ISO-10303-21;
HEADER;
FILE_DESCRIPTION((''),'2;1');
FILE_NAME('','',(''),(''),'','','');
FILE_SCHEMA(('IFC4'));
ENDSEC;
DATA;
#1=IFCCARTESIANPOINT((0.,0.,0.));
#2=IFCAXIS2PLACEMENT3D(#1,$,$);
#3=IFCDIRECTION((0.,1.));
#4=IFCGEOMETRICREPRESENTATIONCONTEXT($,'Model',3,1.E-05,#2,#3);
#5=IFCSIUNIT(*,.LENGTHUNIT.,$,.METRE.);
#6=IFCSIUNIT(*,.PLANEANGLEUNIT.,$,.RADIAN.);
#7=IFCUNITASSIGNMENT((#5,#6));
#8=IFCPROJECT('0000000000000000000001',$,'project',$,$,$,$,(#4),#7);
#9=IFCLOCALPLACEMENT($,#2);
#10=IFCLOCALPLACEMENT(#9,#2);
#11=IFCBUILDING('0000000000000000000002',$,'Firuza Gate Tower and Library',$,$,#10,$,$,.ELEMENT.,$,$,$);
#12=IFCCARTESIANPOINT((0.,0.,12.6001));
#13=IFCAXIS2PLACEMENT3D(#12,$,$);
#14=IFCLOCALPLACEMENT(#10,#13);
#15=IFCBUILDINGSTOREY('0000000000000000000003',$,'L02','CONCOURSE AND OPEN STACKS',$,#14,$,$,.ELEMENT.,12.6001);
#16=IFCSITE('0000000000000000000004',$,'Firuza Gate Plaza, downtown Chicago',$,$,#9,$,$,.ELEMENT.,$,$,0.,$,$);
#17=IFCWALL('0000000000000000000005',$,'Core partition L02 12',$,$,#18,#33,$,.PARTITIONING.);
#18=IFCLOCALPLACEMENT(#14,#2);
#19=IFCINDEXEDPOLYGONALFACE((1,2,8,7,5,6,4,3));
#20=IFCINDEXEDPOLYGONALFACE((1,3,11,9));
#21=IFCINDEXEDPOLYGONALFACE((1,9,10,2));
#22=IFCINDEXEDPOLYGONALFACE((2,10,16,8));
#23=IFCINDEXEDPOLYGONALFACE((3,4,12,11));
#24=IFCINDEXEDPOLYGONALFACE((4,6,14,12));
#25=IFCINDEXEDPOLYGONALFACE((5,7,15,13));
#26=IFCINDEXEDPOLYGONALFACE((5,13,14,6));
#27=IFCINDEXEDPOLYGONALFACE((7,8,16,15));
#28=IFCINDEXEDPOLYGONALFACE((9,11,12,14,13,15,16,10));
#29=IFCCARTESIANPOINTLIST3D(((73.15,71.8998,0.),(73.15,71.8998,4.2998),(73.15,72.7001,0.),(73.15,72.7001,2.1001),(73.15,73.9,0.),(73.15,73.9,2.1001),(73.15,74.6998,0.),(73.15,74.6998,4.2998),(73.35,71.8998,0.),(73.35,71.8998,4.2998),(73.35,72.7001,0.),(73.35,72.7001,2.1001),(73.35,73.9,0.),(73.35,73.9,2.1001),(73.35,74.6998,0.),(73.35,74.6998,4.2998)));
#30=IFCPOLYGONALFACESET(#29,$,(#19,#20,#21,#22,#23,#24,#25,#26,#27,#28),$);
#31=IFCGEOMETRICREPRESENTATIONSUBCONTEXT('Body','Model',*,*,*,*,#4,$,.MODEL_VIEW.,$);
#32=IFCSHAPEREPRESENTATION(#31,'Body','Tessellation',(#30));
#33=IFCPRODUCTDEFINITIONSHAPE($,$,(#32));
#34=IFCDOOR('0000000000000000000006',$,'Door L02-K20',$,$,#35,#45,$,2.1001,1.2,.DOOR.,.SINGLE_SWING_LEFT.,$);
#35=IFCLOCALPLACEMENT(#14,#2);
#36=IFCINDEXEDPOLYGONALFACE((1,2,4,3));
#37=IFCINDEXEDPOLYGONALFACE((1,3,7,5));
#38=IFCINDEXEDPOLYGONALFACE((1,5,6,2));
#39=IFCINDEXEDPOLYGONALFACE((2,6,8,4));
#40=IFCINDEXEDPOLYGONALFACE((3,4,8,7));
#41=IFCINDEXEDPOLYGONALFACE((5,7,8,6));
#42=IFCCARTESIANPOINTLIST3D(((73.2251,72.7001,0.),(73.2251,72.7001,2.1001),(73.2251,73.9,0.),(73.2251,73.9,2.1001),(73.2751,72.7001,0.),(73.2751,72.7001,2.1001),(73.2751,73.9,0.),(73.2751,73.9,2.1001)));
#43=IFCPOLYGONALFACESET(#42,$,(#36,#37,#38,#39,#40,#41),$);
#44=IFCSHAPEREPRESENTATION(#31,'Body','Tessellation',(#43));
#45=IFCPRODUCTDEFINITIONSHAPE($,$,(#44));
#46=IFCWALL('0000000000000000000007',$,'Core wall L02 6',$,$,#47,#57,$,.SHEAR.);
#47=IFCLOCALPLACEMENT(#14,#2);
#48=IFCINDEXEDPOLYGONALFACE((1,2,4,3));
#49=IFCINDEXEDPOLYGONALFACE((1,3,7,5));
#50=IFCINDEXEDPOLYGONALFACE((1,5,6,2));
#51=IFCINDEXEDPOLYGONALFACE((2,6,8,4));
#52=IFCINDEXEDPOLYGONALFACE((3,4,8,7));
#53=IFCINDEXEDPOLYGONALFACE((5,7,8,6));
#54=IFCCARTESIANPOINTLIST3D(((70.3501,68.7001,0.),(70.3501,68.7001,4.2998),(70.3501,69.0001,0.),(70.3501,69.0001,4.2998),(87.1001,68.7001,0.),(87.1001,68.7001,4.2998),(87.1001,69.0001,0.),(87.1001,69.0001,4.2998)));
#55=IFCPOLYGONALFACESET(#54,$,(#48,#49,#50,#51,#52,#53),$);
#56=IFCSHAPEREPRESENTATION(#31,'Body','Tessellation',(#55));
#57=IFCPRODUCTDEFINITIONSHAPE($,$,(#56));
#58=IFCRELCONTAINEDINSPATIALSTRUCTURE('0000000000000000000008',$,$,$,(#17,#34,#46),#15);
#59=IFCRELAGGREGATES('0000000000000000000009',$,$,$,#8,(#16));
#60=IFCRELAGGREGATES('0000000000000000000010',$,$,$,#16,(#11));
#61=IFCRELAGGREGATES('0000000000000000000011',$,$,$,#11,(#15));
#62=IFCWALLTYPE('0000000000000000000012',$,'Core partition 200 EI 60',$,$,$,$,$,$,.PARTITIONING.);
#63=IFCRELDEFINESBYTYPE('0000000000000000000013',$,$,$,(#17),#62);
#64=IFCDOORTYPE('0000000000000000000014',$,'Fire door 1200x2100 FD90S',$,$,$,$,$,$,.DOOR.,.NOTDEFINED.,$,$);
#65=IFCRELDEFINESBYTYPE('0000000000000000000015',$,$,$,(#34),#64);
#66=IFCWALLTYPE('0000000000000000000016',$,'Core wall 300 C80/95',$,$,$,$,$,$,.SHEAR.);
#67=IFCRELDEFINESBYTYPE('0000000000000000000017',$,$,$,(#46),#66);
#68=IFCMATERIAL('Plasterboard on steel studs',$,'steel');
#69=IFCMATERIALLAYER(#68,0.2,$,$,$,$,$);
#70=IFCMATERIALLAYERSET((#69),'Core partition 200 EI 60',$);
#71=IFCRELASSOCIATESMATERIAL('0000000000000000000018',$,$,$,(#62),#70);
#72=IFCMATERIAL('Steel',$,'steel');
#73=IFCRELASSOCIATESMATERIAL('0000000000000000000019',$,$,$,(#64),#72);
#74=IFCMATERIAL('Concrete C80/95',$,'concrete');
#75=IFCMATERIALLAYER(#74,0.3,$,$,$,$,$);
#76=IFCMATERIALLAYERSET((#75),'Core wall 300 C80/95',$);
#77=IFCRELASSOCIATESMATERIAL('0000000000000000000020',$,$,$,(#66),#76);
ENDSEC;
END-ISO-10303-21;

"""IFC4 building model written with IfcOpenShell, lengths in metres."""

from ifc_helpers import new_model, si_unit, direction, frame, frame_2d, origin, place, context, subcontext, project, spatial, rectangle, extrude, material, layer, layer_set, type_object, element, fill, save


model = new_model("IFC4")

# Units and contexts
model_context = context("Model", 3, precision=1e-05, world=origin(), true_north=direction((0.0, 1.0)))
body_context = subcontext(model_context, "Body", "Model", "MODEL_VIEW")
ifc_project = project(units=[si_unit("LENGTHUNIT", "METRE"), si_unit("PLANEANGLEUNIT", "RADIAN")], contexts=[model_context])

# Site, building, storey
site_placement = place(None, origin())
site = spatial("IfcSite", under=ifc_project, at=site_placement, Name="Firuza Gate Plaza, downtown Chicago", CompositionType="ELEMENT", RefElevation=0.0)
building_placement = place(site_placement, origin())
building = spatial("IfcBuilding", under=site, at=building_placement, Name="Firuza Gate Tower and Library", CompositionType="ELEMENT")
storey_placement = place(building_placement, frame((0.0, 0.0, 12.6001)))
storey = spatial("IfcBuildingStorey", under=building, at=storey_placement, Name="L02", Description="CONCOURSE AND OPEN STACKS", CompositionType="ELEMENT", Elevation=12.6001)

# Wall, opening, door
ifc_material_1 = material(Name="Plasterboard on steel studs", Category="steel")
ifc_layer_1 = layer(ifc_material_1, 0.2)
ifc_layer_set_1 = layer_set([ifc_layer_1], Name="Core partition 200 EI 60")
wall_type_1 = type_object("IfcWallType", Name="Core partition 200 EI 60", PredefinedType="PARTITIONING", material=ifc_layer_set_1)
ifc_material_2 = material(Name="Steel", Category="steel")
door_type_1 = type_object("IfcDoorType", Name="Fire door 1200x2100 FD90S", OperationType="NOTDEFINED", PredefinedType="DOOR", material=ifc_material_2)
wall_1_placement = place(storey_placement, frame((73.25, 71.8999, 0.0), z_axis=(0.0, 0.0, 1.0), x_axis=(0.0, 1.0, 0.0)))
wall_1 = element("IfcWall", 1, at=wall_1_placement, inside=storey, type_object=wall_type_1, Name="Core partition L02 12", PredefinedType="PARTITIONING", context=body_context, shape_type="SweptSolid", body=[
    extrude(rectangle(XDim=2.8, YDim=0.2, at=frame_2d((1.3999, 0.0))), origin(), (0.0, 0.0, 1.0), 4.2998),
])
opening_1_placement = place(wall_1_placement, frame((0.8, 0.0, 0.0)))
opening_1 = element("IfcOpeningElement", 2, at=opening_1_placement, cuts=wall_1, PredefinedType="OPENING", context=body_context, shape_type="SweptSolid", body=[
    extrude(rectangle(XDim=1.2, YDim=2.1001, at=frame_2d((0.6001, 1.05))), frame((0.0, 0.1099, 0.0), z_axis=(0.0, -1.0, 0.0), x_axis=(1.0, 0.0, 0.0)), (0.0, 0.0, 1.0), 0.22),
])
door_1_placement = place(opening_1_placement, origin())
door_1 = element("IfcDoor", 3, at=door_1_placement, inside=storey, type_object=door_type_1, Name="Door L02-K20", OperationType="SINGLE_SWING_LEFT", OverallHeight=2.1001, OverallWidth=1.2, PredefinedType="DOOR", context=body_context, shape_type="SweptSolid", body=[
    extrude(rectangle(XDim=1.2, YDim=2.1001, at=frame_2d((0.6001, 1.05))), frame((0.0, 0.0249, 0.0), z_axis=(0.0, -1.0, 0.0), x_axis=(1.0, 0.0, 0.0)), (0.0, 0.0, 1.0), 0.05),
])
fill(opening_1, door_1)

# Wall
ifc_material_3 = material(Name="Concrete C80/95", Category="concrete")
ifc_layer_2 = layer(ifc_material_3, 0.3)
ifc_layer_set_2 = layer_set([ifc_layer_2], Name="Core wall 300 C80/95")
wall_type_2 = type_object("IfcWallType", Name="Core wall 300 C80/95", PredefinedType="SHEAR", material=ifc_layer_set_2)
wall_2_placement = place(storey_placement, frame((70.3501, 68.8501, 0.0), z_axis=(0.0, 0.0, 1.0), x_axis=(1.0, 0.0, 0.0)))
element("IfcWall", 4, at=wall_2_placement, inside=storey, type_object=wall_type_2, Name="Core wall L02 6", PredefinedType="SHEAR", context=body_context, shape_type="SweptSolid", body=[
    extrude(rectangle(XDim=16.75, YDim=0.3, at=frame_2d((8.375, 0.0))), origin(), (0.0, 0.0, 1.0), 4.2998),
])

save(model, "model.ifc")
